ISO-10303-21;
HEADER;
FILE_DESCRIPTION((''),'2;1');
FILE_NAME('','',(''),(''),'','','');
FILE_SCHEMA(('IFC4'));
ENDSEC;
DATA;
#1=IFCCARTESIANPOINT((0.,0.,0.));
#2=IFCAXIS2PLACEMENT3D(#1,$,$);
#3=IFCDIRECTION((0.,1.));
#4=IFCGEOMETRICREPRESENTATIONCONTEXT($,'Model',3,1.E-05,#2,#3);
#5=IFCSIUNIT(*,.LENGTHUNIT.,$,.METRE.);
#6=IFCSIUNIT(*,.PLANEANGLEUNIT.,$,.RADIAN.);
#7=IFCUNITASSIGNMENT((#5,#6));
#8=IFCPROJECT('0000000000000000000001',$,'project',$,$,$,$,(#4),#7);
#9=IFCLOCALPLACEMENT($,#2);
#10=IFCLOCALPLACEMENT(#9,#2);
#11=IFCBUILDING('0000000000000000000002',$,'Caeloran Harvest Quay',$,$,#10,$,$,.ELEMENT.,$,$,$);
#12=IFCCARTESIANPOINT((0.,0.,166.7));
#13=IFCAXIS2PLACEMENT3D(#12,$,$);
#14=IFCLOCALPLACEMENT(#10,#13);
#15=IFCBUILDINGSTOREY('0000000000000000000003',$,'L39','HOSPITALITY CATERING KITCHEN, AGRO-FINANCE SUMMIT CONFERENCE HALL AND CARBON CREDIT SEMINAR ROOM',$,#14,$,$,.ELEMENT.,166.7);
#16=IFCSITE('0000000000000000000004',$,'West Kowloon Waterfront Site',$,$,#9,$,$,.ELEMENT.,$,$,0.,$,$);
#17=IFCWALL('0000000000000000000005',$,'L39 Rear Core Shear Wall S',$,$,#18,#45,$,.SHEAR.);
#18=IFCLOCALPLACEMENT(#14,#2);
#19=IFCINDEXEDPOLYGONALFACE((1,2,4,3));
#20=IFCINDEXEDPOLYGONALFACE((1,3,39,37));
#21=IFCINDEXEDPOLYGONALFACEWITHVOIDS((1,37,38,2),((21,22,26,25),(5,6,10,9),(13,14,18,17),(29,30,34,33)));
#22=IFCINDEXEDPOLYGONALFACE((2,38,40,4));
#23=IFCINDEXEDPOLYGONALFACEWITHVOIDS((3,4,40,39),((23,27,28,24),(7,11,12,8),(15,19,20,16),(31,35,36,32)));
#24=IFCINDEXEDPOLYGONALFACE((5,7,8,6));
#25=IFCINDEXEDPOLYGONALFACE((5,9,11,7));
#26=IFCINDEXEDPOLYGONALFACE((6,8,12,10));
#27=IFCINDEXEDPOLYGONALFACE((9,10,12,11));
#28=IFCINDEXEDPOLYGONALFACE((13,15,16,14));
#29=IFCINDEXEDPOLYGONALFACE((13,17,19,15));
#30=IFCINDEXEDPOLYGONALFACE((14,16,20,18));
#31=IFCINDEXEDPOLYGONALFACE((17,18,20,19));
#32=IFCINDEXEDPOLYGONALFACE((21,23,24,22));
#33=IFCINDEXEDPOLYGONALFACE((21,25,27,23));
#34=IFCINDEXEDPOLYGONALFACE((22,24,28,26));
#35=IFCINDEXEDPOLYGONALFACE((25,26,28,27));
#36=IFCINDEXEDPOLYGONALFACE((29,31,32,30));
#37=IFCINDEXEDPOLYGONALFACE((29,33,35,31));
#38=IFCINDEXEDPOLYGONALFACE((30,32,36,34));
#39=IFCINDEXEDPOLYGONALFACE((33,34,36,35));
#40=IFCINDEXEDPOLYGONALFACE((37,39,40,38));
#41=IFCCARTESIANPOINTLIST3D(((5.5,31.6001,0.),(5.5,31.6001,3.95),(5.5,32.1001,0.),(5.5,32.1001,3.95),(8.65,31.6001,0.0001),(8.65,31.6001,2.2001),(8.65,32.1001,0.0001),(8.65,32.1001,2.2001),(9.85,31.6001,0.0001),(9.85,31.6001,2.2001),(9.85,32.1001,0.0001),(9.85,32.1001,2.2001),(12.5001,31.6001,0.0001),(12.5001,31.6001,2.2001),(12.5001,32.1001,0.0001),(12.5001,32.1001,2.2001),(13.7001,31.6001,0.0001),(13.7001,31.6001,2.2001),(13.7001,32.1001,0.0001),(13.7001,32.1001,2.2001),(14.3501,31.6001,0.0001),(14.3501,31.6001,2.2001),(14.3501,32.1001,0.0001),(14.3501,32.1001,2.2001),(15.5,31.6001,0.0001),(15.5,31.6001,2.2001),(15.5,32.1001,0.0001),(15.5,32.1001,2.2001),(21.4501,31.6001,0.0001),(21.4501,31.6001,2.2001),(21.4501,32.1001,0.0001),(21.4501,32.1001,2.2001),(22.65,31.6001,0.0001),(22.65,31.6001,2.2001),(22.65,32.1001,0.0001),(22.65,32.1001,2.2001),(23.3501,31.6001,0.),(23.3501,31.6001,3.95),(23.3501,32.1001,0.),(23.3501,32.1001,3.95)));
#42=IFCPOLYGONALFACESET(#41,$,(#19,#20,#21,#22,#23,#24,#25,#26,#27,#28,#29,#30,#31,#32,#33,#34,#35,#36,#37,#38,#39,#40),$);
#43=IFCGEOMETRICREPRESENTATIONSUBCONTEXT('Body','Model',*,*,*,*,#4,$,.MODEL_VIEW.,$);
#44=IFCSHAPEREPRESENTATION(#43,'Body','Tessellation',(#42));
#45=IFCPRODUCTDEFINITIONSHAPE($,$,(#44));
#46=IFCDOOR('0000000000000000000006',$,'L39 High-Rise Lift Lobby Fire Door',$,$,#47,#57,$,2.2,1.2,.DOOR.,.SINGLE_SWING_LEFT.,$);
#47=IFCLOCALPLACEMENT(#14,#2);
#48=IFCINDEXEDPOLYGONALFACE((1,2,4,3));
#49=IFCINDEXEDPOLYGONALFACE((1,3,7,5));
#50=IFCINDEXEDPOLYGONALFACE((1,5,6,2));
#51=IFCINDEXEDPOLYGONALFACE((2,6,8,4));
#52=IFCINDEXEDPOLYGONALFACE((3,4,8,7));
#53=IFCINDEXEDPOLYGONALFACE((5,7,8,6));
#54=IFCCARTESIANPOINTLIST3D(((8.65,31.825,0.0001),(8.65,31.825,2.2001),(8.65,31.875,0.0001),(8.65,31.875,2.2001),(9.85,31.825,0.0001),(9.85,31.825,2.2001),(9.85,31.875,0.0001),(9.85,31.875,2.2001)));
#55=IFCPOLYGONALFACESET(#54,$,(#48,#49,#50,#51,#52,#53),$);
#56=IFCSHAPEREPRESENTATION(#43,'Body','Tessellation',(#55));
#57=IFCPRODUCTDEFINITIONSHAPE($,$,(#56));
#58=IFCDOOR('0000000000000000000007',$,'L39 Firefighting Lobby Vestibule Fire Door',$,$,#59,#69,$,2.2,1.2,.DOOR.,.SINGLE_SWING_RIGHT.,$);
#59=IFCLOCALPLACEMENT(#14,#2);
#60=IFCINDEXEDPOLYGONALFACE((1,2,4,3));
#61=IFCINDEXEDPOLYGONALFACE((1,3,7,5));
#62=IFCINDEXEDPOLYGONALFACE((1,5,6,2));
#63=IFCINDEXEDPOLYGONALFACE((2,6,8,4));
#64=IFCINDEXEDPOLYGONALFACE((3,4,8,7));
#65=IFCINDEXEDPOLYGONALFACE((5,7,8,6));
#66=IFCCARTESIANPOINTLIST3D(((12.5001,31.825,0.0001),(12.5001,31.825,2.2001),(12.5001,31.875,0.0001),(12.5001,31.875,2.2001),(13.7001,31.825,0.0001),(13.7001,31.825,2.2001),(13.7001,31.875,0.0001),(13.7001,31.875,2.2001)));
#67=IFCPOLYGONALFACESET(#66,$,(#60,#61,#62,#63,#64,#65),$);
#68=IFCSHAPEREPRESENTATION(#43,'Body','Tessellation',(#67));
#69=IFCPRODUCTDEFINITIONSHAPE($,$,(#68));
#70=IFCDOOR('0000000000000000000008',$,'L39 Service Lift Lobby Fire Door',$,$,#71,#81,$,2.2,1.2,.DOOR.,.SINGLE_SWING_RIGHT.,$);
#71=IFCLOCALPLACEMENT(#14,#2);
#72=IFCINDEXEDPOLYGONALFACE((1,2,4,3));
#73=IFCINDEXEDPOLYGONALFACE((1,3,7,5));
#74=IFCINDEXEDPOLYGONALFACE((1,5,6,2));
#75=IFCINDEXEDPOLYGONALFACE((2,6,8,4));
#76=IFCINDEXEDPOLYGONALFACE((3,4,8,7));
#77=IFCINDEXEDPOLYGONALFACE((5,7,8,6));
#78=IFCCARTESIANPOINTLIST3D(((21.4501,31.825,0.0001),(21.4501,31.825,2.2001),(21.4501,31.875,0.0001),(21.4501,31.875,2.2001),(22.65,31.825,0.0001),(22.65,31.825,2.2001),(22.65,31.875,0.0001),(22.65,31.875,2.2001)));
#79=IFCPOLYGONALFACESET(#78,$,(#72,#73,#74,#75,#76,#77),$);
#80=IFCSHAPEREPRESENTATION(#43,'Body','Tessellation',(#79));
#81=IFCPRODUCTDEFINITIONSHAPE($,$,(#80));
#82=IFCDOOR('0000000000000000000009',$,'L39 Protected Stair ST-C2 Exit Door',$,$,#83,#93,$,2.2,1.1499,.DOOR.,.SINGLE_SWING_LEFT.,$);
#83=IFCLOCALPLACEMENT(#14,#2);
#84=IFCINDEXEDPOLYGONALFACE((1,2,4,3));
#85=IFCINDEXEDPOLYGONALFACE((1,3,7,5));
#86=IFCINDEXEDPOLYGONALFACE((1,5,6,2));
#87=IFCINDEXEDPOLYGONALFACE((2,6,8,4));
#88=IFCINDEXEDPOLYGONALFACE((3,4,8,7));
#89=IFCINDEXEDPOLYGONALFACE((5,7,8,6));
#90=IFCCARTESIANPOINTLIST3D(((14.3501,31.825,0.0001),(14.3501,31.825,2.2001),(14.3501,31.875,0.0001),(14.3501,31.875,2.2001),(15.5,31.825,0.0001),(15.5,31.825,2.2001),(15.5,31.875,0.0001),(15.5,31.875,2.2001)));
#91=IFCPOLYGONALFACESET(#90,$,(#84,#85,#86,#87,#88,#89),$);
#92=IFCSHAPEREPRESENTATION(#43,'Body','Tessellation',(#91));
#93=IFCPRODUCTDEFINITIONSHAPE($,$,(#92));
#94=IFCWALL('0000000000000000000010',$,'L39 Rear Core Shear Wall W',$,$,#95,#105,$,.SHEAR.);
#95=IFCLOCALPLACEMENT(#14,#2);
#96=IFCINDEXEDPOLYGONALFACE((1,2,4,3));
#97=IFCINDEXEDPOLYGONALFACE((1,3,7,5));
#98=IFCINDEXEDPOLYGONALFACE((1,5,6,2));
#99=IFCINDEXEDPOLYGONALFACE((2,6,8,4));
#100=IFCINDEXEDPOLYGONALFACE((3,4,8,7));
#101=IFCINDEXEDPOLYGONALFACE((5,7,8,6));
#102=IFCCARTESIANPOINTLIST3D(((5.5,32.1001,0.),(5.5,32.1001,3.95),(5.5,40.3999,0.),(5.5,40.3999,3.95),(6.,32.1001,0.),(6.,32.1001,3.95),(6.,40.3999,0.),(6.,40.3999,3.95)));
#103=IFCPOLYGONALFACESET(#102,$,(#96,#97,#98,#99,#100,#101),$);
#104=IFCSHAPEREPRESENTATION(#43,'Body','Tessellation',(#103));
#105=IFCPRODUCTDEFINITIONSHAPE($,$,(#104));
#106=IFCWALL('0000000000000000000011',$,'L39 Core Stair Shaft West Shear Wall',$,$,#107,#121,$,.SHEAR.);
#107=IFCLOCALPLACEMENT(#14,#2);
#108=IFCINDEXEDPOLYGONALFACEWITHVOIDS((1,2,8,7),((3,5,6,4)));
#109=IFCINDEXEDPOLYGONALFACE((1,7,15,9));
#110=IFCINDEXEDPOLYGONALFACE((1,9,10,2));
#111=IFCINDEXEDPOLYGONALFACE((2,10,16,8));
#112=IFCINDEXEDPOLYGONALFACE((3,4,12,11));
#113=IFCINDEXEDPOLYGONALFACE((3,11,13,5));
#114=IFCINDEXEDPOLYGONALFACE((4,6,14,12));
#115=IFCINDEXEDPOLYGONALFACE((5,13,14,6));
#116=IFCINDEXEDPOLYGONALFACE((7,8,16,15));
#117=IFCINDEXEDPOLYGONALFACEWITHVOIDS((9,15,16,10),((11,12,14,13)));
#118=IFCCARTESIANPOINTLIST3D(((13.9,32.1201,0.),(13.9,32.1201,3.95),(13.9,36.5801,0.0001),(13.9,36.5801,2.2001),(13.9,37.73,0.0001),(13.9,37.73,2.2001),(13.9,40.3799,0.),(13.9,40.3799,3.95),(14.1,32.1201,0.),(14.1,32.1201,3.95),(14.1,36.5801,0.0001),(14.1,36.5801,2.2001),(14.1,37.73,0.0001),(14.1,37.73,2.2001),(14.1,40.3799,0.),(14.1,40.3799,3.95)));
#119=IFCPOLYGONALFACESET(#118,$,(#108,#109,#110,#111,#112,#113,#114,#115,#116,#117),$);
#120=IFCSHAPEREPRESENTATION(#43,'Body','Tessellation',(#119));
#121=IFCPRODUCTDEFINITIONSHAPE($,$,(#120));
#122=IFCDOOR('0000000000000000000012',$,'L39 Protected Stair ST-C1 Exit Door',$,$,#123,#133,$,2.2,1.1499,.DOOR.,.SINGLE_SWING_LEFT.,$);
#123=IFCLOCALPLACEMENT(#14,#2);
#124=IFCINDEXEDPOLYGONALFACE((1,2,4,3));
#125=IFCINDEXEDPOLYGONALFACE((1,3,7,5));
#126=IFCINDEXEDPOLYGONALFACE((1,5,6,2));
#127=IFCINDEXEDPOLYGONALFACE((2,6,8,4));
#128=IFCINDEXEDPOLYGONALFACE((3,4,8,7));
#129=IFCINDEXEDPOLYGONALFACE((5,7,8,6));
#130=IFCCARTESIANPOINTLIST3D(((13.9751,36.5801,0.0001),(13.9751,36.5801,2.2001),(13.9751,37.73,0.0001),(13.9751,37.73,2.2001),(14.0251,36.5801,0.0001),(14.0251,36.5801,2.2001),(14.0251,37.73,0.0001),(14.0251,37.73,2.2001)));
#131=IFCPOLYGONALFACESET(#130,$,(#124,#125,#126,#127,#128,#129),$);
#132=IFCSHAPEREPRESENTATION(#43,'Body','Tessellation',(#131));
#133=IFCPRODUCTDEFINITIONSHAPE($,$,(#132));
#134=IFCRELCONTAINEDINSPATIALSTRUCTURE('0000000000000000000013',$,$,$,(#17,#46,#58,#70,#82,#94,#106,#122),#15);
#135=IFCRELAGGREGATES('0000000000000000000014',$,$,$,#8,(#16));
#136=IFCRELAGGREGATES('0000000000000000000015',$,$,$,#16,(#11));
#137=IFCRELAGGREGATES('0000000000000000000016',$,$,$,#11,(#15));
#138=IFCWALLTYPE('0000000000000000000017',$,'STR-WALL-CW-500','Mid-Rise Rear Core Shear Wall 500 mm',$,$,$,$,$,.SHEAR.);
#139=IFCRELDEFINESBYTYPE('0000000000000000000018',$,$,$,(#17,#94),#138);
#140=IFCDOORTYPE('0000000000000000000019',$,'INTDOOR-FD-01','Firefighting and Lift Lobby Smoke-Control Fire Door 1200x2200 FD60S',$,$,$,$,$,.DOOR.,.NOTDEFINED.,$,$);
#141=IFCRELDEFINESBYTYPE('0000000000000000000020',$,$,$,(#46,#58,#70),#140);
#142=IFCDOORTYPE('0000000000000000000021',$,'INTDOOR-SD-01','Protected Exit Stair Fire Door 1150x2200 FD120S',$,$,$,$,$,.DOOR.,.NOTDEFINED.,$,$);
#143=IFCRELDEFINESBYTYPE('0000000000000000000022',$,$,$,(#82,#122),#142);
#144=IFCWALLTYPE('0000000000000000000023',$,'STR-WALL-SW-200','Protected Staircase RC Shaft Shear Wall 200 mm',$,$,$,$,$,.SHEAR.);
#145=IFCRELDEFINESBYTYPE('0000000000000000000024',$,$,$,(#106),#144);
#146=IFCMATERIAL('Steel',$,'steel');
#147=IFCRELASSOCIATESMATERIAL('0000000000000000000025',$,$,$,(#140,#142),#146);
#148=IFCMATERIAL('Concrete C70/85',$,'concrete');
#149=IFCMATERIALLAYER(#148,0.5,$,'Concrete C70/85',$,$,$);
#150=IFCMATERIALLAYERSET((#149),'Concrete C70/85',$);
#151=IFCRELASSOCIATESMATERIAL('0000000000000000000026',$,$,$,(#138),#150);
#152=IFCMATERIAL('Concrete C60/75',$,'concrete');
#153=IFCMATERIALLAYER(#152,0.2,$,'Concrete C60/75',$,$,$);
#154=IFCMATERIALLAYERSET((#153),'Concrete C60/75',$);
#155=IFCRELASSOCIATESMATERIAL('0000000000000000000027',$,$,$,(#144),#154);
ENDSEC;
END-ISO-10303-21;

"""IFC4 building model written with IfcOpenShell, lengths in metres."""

from ifc_helpers import new_model, si_unit, direction, frame, frame_2d, origin, place, context, subcontext, project, spatial, rectangle, extrude, material, layer, layer_set, type_object, element, fill, save


model = new_model("IFC4")

# Units and contexts
model_context = context("Model", 3, precision=1e-05, world=origin(), true_north=direction((0.0, 1.0)))
body_context = subcontext(model_context, "Body", "Model", "MODEL_VIEW")
ifc_project = project(units=[si_unit("LENGTHUNIT", "METRE"), si_unit("PLANEANGLEUNIT", "RADIAN")], contexts=[model_context])

# Site, building, storey
site_placement = place(None, origin())
site = spatial("IfcSite", under=ifc_project, at=site_placement, Name="West Kowloon Waterfront Site", CompositionType="ELEMENT", RefElevation=0.0)
building_placement = place(site_placement, origin())
building = spatial("IfcBuilding", under=site, at=building_placement, Name="Caeloran Harvest Quay", CompositionType="ELEMENT")
storey_placement = place(building_placement, frame((0.0, 0.0, 166.7)))
storey = spatial("IfcBuildingStorey", under=building, at=storey_placement, Name="L39", Description="HOSPITALITY CATERING KITCHEN, AGRO-FINANCE SUMMIT CONFERENCE HALL AND CARBON CREDIT SEMINAR ROOM", CompositionType="ELEMENT", Elevation=166.7)

# Shared definitions
ifc_material_1 = material(Name="Concrete C70/85", Category="concrete")

# Shared definitions
ifc_material_2 = material(Name="Concrete C60/75", Category="concrete")

# Shared definitions
ifc_material_3 = material(Name="Steel", Category="steel")
door_type_1 = type_object("IfcDoorType", Name="INTDOOR-FD-01", Description="Firefighting and Lift Lobby Smoke-Control Fire Door 1200x2200 FD60S", OperationType="NOTDEFINED", PredefinedType="DOOR", material=ifc_material_3)

# Wall, openings, doors
ifc_layer_1 = layer(ifc_material_1, 0.5, Name="Concrete C70/85")
ifc_layer_set_1 = layer_set([ifc_layer_1], Name="Concrete C70/85")
wall_type_1 = type_object("IfcWallType", Name="STR-WALL-CW-500", Description="Mid-Rise Rear Core Shear Wall 500 mm", PredefinedType="SHEAR", material=ifc_layer_set_1)
wall_1_placement = place(storey_placement, frame((5.5, 31.8501, 0.0), z_axis=(0.0, 0.0, 1.0), x_axis=(1.0, 0.0, 0.0)))
wall_1 = element("IfcWall", 1, at=wall_1_placement, inside=storey, type_object=wall_type_1, Name="L39 Rear Core Shear Wall S", PredefinedType="SHEAR", context=body_context, shape_type="SweptSolid", body=[
    extrude(rectangle(XDim=17.8501, YDim=0.5, at=frame_2d((8.925, 0.0))), origin(), (0.0, 0.0, 1.0), 3.95),
])
opening_1_placement = place(wall_1_placement, frame((3.1499, 0.0, 0.0)))
opening_1 = element("IfcOpeningElement", 2, at=opening_1_placement, cuts=wall_1, PredefinedType="OPENING", context=body_context, shape_type="SweptSolid", body=[
    extrude(rectangle(XDim=1.2, YDim=2.2, at=frame_2d((0.6001, 1.1001))), frame((0.0, 0.26, 0.0), z_axis=(0.0, -1.0, 0.0), x_axis=(1.0, 0.0, 0.0)), (0.0, 0.0, 1.0), 0.52),
])
opening_2_placement = place(wall_1_placement, frame((7.0, 0.0, 0.0)))
opening_2 = element("IfcOpeningElement", 3, at=opening_2_placement, cuts=wall_1, PredefinedType="OPENING", context=body_context, shape_type="SweptSolid", body=[
    extrude(rectangle(XDim=1.2, YDim=2.2, at=frame_2d((0.6001, 1.1001))), frame((0.0, 0.26, 0.0), z_axis=(0.0, -1.0, 0.0), x_axis=(1.0, 0.0, 0.0)), (0.0, 0.0, 1.0), 0.52),
])
opening_3_placement = place(wall_1_placement, frame((8.8501, 0.0, 0.0)))
opening_3 = element("IfcOpeningElement", 4, at=opening_3_placement, cuts=wall_1, PredefinedType="OPENING", context=body_context, shape_type="SweptSolid", body=[
    extrude(rectangle(XDim=1.1499, YDim=2.2, at=frame_2d((0.575, 1.1001))), frame((0.0, 0.26, 0.0), z_axis=(0.0, -1.0, 0.0), x_axis=(1.0, 0.0, 0.0)), (0.0, 0.0, 1.0), 0.52),
])
opening_4_placement = place(wall_1_placement, frame((15.95, 0.0, 0.0)))
opening_4 = element("IfcOpeningElement", 5, at=opening_4_placement, cuts=wall_1, PredefinedType="OPENING", context=body_context, shape_type="SweptSolid", body=[
    extrude(rectangle(XDim=1.2, YDim=2.2, at=frame_2d((0.6001, 1.1001))), frame((0.0, 0.26, 0.0), z_axis=(0.0, -1.0, 0.0), x_axis=(1.0, 0.0, 0.0)), (0.0, 0.0, 1.0), 0.52),
])
door_1_placement = place(opening_1_placement, origin())
door_1 = element("IfcDoor", 6, at=door_1_placement, inside=storey, type_object=door_type_1, Name="L39 High-Rise Lift Lobby Fire Door", OperationType="SINGLE_SWING_LEFT", OverallHeight=2.2, OverallWidth=1.2, PredefinedType="DOOR", context=body_context, shape_type="SweptSolid", body=[
    extrude(rectangle(XDim=1.2, YDim=2.2, at=frame_2d((0.6001, 1.1001))), frame((0.0, 0.0249, 0.0), z_axis=(0.0, -1.0, 0.0), x_axis=(1.0, 0.0, 0.0)), (0.0, 0.0, 1.0), 0.05),
])
fill(opening_1, door_1)
door_2_placement = place(opening_2_placement, origin())
door_2 = element("IfcDoor", 7, at=door_2_placement, inside=storey, type_object=door_type_1, Name="L39 Firefighting Lobby Vestibule Fire Door", OperationType="SINGLE_SWING_RIGHT", OverallHeight=2.2, OverallWidth=1.2, PredefinedType="DOOR", context=body_context, shape_type="SweptSolid", body=[
    extrude(rectangle(XDim=1.2, YDim=2.2, at=frame_2d((0.6001, 1.1001))), frame((0.0, 0.0249, 0.0), z_axis=(0.0, -1.0, 0.0), x_axis=(1.0, 0.0, 0.0)), (0.0, 0.0, 1.0), 0.05),
])
fill(opening_2, door_2)
door_3_placement = place(opening_4_placement, origin())
door_3 = element("IfcDoor", 8, at=door_3_placement, inside=storey, type_object=door_type_1, Name="L39 Service Lift Lobby Fire Door", OperationType="SINGLE_SWING_RIGHT", OverallHeight=2.2, OverallWidth=1.2, PredefinedType="DOOR", context=body_context, shape_type="SweptSolid", body=[
    extrude(rectangle(XDim=1.2, YDim=2.2, at=frame_2d((0.6001, 1.1001))), frame((0.0, 0.0249, 0.0), z_axis=(0.0, -1.0, 0.0), x_axis=(1.0, 0.0, 0.0)), (0.0, 0.0, 1.0), 0.05),
])
fill(opening_4, door_3)
door_type_2 = type_object("IfcDoorType", Name="INTDOOR-SD-01", Description="Protected Exit Stair Fire Door 1150x2200 FD120S", OperationType="NOTDEFINED", PredefinedType="DOOR", material=ifc_material_3)
door_4_placement = place(opening_3_placement, origin())
door_4 = element("IfcDoor", 9, at=door_4_placement, inside=storey, type_object=door_type_2, Name="L39 Protected Stair ST-C2 Exit Door", OperationType="SINGLE_SWING_LEFT", OverallHeight=2.2, OverallWidth=1.1499, PredefinedType="DOOR", context=body_context, shape_type="SweptSolid", body=[
    extrude(rectangle(XDim=1.1499, YDim=2.2, at=frame_2d((0.575, 1.1001))), frame((0.0, 0.0249, 0.0), z_axis=(0.0, -1.0, 0.0), x_axis=(1.0, 0.0, 0.0)), (0.0, 0.0, 1.0), 0.05),
])
fill(opening_3, door_4)

# Wall
wall_2_placement = place(storey_placement, frame((5.75, 32.1001, 0.0), z_axis=(0.0, 0.0, 1.0), x_axis=(0.0, 1.0, 0.0)))
element("IfcWall", 10, at=wall_2_placement, inside=storey, type_object=wall_type_1, Name="L39 Rear Core Shear Wall W", PredefinedType="SHEAR", context=body_context, shape_type="SweptSolid", body=[
    extrude(rectangle(XDim=8.2998, YDim=0.5, at=frame_2d((4.1499, 0.0))), origin(), (0.0, 0.0, 1.0), 3.95),
])

# Wall, opening, door
ifc_layer_2 = layer(ifc_material_2, 0.2, Name="Concrete C60/75")
ifc_layer_set_2 = layer_set([ifc_layer_2], Name="Concrete C60/75")
wall_type_2 = type_object("IfcWallType", Name="STR-WALL-SW-200", Description="Protected Staircase RC Shaft Shear Wall 200 mm", PredefinedType="SHEAR", material=ifc_layer_set_2)
wall_3_placement = place(storey_placement, frame((14.0, 32.1201, 0.0), z_axis=(0.0, 0.0, 1.0), x_axis=(0.0, 1.0, 0.0)))
wall_3 = element("IfcWall", 11, at=wall_3_placement, inside=storey, type_object=wall_type_2, Name="L39 Core Stair Shaft West Shear Wall", PredefinedType="SHEAR", context=body_context, shape_type="SweptSolid", body=[
    extrude(rectangle(XDim=8.2598, YDim=0.2, at=frame_2d((4.1299, 0.0))), origin(), (0.0, 0.0, 1.0), 3.95),
])
opening_5_placement = place(wall_3_placement, frame((4.46, 0.0, 0.0)))
opening_5 = element("IfcOpeningElement", 12, at=opening_5_placement, cuts=wall_3, PredefinedType="OPENING", context=body_context, shape_type="SweptSolid", body=[
    extrude(rectangle(XDim=1.1499, YDim=2.2, at=frame_2d((0.575, 1.1001))), frame((0.0, 0.1099, 0.0), z_axis=(0.0, -1.0, 0.0), x_axis=(1.0, 0.0, 0.0)), (0.0, 0.0, 1.0), 0.22),
])
door_5_placement = place(opening_5_placement, origin())
door_5 = element("IfcDoor", 13, at=door_5_placement, inside=storey, type_object=door_type_2, Name="L39 Protected Stair ST-C1 Exit Door", OperationType="SINGLE_SWING_LEFT", OverallHeight=2.2, OverallWidth=1.1499, PredefinedType="DOOR", context=body_context, shape_type="SweptSolid", body=[
    extrude(rectangle(XDim=1.1499, YDim=2.2, at=frame_2d((0.575, 1.1001))), frame((0.0, 0.0249, 0.0), z_axis=(0.0, -1.0, 0.0), x_axis=(1.0, 0.0, 0.0)), (0.0, 0.0, 1.0), 0.05),
])
fill(opening_5, door_5)

save(model, "model.ifc")
